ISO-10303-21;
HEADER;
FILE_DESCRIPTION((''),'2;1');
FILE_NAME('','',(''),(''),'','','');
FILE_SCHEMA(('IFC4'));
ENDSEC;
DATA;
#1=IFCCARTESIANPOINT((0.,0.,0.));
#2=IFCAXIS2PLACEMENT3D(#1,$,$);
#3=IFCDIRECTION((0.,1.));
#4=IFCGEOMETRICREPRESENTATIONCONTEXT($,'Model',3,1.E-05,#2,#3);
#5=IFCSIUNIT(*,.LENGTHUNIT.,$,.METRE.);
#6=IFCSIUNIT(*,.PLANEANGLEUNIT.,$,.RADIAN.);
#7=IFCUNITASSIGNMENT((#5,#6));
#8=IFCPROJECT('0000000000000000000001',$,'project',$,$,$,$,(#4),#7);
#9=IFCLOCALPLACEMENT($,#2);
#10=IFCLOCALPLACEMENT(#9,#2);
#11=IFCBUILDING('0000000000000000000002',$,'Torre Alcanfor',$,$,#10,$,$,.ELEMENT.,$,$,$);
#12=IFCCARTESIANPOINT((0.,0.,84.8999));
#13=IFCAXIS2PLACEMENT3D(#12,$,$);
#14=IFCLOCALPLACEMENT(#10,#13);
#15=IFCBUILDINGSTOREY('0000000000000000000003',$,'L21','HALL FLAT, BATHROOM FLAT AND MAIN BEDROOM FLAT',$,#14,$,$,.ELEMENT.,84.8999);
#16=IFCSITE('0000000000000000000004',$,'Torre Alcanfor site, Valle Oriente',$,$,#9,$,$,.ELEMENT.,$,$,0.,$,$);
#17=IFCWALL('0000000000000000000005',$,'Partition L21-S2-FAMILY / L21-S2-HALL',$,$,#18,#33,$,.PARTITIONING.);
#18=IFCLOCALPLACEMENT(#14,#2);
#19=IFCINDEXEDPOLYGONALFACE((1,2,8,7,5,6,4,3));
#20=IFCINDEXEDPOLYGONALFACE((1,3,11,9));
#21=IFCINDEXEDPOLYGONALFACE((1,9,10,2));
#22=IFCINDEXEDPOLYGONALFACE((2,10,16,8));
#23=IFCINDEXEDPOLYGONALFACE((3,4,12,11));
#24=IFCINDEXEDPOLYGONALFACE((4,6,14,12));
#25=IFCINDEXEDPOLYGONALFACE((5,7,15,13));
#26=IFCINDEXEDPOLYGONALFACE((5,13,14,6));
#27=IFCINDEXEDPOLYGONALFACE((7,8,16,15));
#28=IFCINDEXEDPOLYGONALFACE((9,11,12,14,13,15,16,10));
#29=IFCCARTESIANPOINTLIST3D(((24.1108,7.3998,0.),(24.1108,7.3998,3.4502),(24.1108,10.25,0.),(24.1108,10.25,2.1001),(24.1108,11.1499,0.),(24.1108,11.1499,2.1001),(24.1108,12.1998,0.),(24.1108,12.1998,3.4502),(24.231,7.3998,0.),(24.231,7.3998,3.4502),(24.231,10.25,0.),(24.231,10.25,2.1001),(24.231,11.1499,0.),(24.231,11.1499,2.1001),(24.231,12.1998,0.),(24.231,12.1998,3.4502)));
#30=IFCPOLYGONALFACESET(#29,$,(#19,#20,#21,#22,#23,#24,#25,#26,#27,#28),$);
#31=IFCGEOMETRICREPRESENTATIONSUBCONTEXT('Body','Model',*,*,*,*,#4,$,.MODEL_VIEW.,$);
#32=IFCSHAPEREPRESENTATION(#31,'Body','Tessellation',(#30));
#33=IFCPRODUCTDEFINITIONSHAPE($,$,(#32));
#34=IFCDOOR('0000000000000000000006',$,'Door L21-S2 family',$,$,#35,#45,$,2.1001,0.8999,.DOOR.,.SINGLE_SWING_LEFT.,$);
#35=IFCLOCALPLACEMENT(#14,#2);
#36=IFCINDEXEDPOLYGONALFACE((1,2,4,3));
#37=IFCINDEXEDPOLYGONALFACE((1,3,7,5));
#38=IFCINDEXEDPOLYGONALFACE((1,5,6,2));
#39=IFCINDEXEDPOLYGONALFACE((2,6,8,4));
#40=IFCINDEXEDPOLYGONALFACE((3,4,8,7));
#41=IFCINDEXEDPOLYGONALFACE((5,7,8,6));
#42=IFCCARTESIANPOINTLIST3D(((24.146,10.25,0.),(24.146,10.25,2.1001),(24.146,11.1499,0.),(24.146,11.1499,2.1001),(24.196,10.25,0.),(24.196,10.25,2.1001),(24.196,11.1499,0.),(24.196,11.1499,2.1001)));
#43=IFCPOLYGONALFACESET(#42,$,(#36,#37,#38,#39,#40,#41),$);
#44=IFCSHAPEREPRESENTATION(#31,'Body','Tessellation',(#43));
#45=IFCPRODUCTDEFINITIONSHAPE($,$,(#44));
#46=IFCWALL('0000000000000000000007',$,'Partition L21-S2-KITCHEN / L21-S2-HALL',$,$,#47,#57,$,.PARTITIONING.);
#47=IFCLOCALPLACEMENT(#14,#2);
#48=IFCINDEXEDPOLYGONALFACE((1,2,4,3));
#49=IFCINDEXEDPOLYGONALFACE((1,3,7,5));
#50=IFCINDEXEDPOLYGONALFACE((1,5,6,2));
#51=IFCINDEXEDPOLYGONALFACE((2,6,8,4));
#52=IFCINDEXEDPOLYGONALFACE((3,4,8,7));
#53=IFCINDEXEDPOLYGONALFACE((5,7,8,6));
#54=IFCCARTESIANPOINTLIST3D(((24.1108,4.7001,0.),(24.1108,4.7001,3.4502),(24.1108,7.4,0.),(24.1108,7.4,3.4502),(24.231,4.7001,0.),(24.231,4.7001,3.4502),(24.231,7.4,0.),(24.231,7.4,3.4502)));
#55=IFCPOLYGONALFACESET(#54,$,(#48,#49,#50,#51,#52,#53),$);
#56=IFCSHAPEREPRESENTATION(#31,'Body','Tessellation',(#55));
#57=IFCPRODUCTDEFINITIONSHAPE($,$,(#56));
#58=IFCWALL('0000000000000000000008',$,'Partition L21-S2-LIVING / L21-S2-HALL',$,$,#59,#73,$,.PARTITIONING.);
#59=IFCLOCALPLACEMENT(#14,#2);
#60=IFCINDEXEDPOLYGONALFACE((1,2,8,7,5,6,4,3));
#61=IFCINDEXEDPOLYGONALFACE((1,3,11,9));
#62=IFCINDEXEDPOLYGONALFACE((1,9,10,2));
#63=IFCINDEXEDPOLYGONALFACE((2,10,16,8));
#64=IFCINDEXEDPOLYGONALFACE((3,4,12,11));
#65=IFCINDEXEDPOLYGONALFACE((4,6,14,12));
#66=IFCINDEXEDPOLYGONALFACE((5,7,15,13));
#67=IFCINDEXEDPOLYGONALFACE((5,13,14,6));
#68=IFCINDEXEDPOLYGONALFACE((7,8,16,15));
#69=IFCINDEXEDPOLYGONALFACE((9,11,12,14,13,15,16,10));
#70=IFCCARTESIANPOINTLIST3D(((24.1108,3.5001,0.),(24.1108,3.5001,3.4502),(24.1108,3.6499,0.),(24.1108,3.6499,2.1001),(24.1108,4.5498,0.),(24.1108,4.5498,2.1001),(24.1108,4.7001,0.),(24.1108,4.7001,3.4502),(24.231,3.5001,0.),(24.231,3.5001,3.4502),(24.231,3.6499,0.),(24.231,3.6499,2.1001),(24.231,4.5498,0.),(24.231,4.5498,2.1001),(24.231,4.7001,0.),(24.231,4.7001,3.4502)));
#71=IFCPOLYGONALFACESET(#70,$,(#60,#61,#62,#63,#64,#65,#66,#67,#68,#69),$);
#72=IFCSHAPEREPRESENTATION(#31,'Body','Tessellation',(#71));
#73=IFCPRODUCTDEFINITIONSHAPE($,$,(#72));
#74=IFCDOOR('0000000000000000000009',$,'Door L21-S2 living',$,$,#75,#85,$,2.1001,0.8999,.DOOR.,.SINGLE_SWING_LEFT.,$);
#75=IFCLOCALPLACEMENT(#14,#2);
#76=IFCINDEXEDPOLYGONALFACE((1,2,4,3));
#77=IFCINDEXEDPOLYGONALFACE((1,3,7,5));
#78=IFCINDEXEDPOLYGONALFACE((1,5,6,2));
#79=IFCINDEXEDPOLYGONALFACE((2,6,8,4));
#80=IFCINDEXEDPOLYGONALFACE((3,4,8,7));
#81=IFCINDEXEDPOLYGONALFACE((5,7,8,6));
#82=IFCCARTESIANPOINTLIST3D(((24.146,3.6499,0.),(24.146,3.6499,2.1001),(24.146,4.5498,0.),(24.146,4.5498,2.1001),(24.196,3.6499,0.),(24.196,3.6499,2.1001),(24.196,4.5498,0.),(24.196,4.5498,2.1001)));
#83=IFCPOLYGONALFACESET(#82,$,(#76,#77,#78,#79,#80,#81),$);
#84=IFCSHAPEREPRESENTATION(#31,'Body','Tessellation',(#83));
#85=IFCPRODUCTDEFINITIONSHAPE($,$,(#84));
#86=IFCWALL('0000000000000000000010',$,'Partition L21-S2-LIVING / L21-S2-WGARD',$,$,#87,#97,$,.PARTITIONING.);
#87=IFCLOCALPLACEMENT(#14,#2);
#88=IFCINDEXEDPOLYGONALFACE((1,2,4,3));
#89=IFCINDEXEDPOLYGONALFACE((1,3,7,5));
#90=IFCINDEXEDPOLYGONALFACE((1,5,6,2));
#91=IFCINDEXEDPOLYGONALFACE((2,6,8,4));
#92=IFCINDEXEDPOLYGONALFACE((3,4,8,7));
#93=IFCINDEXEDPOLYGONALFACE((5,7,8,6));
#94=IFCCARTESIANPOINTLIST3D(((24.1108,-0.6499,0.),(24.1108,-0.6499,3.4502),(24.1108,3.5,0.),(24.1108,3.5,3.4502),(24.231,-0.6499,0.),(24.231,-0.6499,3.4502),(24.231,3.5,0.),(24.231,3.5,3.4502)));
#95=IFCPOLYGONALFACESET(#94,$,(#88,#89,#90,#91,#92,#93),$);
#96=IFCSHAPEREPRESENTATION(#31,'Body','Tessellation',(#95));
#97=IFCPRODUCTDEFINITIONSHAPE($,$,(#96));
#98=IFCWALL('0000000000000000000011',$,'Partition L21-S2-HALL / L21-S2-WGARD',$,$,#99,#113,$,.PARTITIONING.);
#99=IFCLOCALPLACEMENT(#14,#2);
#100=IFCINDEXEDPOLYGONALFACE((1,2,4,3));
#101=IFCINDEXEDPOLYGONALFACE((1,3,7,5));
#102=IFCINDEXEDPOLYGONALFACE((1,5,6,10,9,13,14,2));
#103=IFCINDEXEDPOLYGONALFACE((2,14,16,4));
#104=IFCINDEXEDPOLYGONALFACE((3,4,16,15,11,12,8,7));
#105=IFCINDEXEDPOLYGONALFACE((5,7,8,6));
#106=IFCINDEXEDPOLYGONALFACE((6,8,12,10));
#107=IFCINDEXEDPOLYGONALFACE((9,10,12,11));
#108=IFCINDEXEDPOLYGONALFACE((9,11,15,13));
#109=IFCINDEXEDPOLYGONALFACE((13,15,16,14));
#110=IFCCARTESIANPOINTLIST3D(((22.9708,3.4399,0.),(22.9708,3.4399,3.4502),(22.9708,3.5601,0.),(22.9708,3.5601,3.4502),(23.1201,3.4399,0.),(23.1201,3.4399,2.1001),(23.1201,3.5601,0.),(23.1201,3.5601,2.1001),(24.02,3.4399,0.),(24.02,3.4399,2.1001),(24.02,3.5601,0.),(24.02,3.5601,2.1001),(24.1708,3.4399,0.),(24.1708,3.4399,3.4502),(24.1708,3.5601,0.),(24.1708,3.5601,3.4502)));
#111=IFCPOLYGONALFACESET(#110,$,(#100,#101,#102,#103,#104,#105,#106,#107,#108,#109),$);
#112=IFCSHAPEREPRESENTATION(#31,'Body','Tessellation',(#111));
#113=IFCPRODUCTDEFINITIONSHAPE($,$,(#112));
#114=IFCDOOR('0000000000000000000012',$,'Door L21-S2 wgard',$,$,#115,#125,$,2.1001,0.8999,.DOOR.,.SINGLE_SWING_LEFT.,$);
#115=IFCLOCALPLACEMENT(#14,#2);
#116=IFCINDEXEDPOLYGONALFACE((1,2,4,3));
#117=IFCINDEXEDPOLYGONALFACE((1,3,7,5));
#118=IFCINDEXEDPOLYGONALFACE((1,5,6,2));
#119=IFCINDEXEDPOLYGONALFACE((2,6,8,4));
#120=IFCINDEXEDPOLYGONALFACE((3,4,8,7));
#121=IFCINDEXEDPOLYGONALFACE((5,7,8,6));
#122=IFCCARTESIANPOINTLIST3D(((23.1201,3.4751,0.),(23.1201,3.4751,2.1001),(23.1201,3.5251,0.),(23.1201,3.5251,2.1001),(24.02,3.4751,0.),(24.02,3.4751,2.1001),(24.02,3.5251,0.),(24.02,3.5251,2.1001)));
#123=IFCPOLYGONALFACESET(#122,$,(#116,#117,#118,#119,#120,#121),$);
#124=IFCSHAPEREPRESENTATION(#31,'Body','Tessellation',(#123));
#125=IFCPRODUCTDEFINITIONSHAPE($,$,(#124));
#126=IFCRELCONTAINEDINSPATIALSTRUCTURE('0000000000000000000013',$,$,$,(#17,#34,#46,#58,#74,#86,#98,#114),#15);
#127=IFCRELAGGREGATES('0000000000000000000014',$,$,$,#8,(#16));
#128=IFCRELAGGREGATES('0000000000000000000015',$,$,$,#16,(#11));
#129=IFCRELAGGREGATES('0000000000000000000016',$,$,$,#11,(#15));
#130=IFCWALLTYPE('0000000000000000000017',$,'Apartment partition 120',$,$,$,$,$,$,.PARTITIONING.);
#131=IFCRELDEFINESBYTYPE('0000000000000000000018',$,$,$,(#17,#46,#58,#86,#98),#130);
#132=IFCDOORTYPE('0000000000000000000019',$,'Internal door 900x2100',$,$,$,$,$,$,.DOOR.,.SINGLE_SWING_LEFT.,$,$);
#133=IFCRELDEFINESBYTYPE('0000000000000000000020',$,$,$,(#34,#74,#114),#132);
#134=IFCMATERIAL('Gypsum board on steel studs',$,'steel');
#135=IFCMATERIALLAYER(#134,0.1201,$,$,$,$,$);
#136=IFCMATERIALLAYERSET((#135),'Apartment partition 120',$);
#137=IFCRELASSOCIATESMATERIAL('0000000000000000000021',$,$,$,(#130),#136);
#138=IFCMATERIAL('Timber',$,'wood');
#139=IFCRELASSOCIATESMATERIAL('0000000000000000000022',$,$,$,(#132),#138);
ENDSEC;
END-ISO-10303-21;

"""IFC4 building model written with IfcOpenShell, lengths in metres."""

from ifc_helpers import new_model, si_unit, direction, frame, frame_2d, origin, place, context, subcontext, project, spatial, rectangle, extrude, material, layer, layer_set, type_object, element, fill, save


model = new_model("IFC4")

# Units and contexts
model_context = context("Model", 3, precision=1e-05, world=origin(), true_north=direction((0.0, 1.0)))
body_context = subcontext(model_context, "Body", "Model", "MODEL_VIEW")
ifc_project = project(units=[si_unit("LENGTHUNIT", "METRE"), si_unit("PLANEANGLEUNIT", "RADIAN")], contexts=[model_context])

# Site, building, storey
site_placement = place(None, origin())
site = spatial("IfcSite", under=ifc_project, at=site_placement, Name="Torre Alcanfor site, Valle Oriente", CompositionType="ELEMENT", RefElevation=0.0)
building_placement = place(site_placement, origin())
building = spatial("IfcBuilding", under=site, at=building_placement, Name="Torre Alcanfor", CompositionType="ELEMENT")
storey_placement = place(building_placement, frame((0.0, 0.0, 84.8999)))
storey = spatial("IfcBuildingStorey", under=building, at=storey_placement, Name="L21", Description="HALL FLAT, BATHROOM FLAT AND MAIN BEDROOM FLAT", CompositionType="ELEMENT", Elevation=84.8999)

# Wall, opening, door
ifc_material_1 = material(Name="Gypsum board on steel studs", Category="steel")
ifc_layer_1 = layer(ifc_material_1, 0.1201)
ifc_layer_set_1 = layer_set([ifc_layer_1], Name="Apartment partition 120")
wall_type = type_object("IfcWallType", Name="Apartment partition 120", PredefinedType="PARTITIONING", material=ifc_layer_set_1)
wall_1_placement = place(storey_placement, frame((24.1709, 7.3999, 0.0), z_axis=(0.0, 0.0, 1.0), x_axis=(0.0, 1.0, 0.0)))
wall_1 = element("IfcWall", 1, at=wall_1_placement, inside=storey, type_object=wall_type, Name="Partition L21-S2-FAMILY / L21-S2-HALL", PredefinedType="PARTITIONING", context=body_context, shape_type="SweptSolid", body=[
    extrude(rectangle(XDim=4.8, YDim=0.1201, at=frame_2d((2.3999, 0.0))), origin(), (0.0, 0.0, 1.0), 3.4502),
])
opening_1_placement = place(wall_1_placement, frame((2.8501, 0.0, 0.0)))
opening_1 = element("IfcOpeningElement", 2, at=opening_1_placement, cuts=wall_1, PredefinedType="OPENING", context=body_context, shape_type="SweptSolid", body=[
    extrude(rectangle(XDim=0.8999, YDim=2.1001, at=frame_2d((0.45, 1.05))), frame((0.0, 0.0701, 0.0), z_axis=(0.0, -1.0, 0.0), x_axis=(1.0, 0.0, 0.0)), (0.0, 0.0, 1.0), 0.1401),
])
ifc_material_2 = material(Name="Timber", Category="wood")
door_type = type_object("IfcDoorType", Name="Internal door 900x2100", OperationType="SINGLE_SWING_LEFT", PredefinedType="DOOR", material=ifc_material_2)
door_1_placement = place(opening_1_placement, frame((0.8999, 0.0, 0.0), z_axis=(0.0, 0.0, 1.0), x_axis=(-1.0, 0.0, 0.0)))
door_1 = element("IfcDoor", 3, at=door_1_placement, inside=storey, type_object=door_type, Name="Door L21-S2 family", OperationType="SINGLE_SWING_LEFT", OverallHeight=2.1001, OverallWidth=0.8999, PredefinedType="DOOR", context=body_context, shape_type="SweptSolid", body=[
    extrude(rectangle(XDim=0.8999, YDim=2.1001, at=frame_2d((0.45, 1.05))), frame((0.0, 0.0251, 0.0), z_axis=(0.0, -1.0, 0.0), x_axis=(1.0, 0.0, 0.0)), (0.0, 0.0, 1.0), 0.05),
])
fill(opening_1, door_1)

# Wall
wall_2_placement = place(storey_placement, frame((24.1709, 4.7, 0.0), z_axis=(0.0, 0.0, 1.0), x_axis=(0.0, 1.0, 0.0)))
element("IfcWall", 4, at=wall_2_placement, inside=storey, type_object=wall_type, Name="Partition L21-S2-KITCHEN / L21-S2-HALL", PredefinedType="PARTITIONING", context=body_context, shape_type="SweptSolid", body=[
    extrude(rectangle(XDim=2.7, YDim=0.1201, at=frame_2d((1.3501, 0.0))), origin(), (0.0, 0.0, 1.0), 3.4502),
])

# Wall, opening, door
wall_3_placement = place(storey_placement, frame((24.1709, 3.5, 0.0), z_axis=(0.0, 0.0, 1.0), x_axis=(0.0, 1.0, 0.0)))
wall_3 = element("IfcWall", 5, at=wall_3_placement, inside=storey, type_object=wall_type, Name="Partition L21-S2-LIVING / L21-S2-HALL", PredefinedType="PARTITIONING", context=body_context, shape_type="SweptSolid", body=[
    extrude(rectangle(XDim=1.2, YDim=0.1201, at=frame_2d((0.6001, 0.0))), origin(), (0.0, 0.0, 1.0), 3.4502),
])
opening_2_placement = place(wall_3_placement, frame((0.1499, 0.0, 0.0)))
opening_2 = element("IfcOpeningElement", 6, at=opening_2_placement, cuts=wall_3, PredefinedType="OPENING", context=body_context, shape_type="SweptSolid", body=[
    extrude(rectangle(XDim=0.8999, YDim=2.1001, at=frame_2d((0.45, 1.05))), frame((0.0, 0.0701, 0.0), z_axis=(0.0, -1.0, 0.0), x_axis=(1.0, 0.0, 0.0)), (0.0, 0.0, 1.0), 0.1401),
])
door_2_placement = place(opening_2_placement, frame((0.8999, 0.0, 0.0), z_axis=(0.0, 0.0, 1.0), x_axis=(-1.0, 0.0, 0.0)))
door_2 = element("IfcDoor", 7, at=door_2_placement, inside=storey, type_object=door_type, Name="Door L21-S2 living", OperationType="SINGLE_SWING_LEFT", OverallHeight=2.1001, OverallWidth=0.8999, PredefinedType="DOOR", context=body_context, shape_type="SweptSolid", body=[
    extrude(rectangle(XDim=0.8999, YDim=2.1001, at=frame_2d((0.45, 1.05))), frame((0.0, 0.0251, 0.0), z_axis=(0.0, -1.0, 0.0), x_axis=(1.0, 0.0, 0.0)), (0.0, 0.0, 1.0), 0.05),
])
fill(opening_2, door_2)

# Wall
wall_4_placement = place(storey_placement, frame((24.1709, -0.6499, 0.0), z_axis=(0.0, 0.0, 1.0), x_axis=(0.0, 1.0, 0.0)))
element("IfcWall", 8, at=wall_4_placement, inside=storey, type_object=wall_type, Name="Partition L21-S2-LIVING / L21-S2-WGARD", PredefinedType="PARTITIONING", context=body_context, shape_type="SweptSolid", body=[
    extrude(rectangle(XDim=4.1499, YDim=0.1201, at=frame_2d((2.075, 0.0))), origin(), (0.0, 0.0, 1.0), 3.4502),
])

# Wall, opening, door
wall_5_placement = place(storey_placement, frame((24.1709, 3.5, 0.0), z_axis=(0.0, 0.0, 1.0), x_axis=(-1.0, 0.0, 0.0)))
wall_5 = element("IfcWall", 9, at=wall_5_placement, inside=storey, type_object=wall_type, Name="Partition L21-S2-HALL / L21-S2-WGARD", PredefinedType="PARTITIONING", context=body_context, shape_type="SweptSolid", body=[
    extrude(rectangle(XDim=1.2, YDim=0.1201, at=frame_2d((0.6001, 0.0))), origin(), (0.0, 0.0, 1.0), 3.4502),
])
opening_3_placement = place(wall_5_placement, frame((0.1509, 0.0, 0.0)))
opening_3 = element("IfcOpeningElement", 10, at=opening_3_placement, cuts=wall_5, PredefinedType="OPENING", context=body_context, shape_type="SweptSolid", body=[
    extrude(rectangle(XDim=0.8999, YDim=2.1001, at=frame_2d((0.45, 1.05))), frame((0.0, 0.0701, 0.0), z_axis=(0.0, -1.0, 0.0), x_axis=(1.0, 0.0, 0.0)), (0.0, 0.0, 1.0), 0.1401),
])
door_3_placement = place(opening_3_placement, origin())
door_3 = element("IfcDoor", 11, at=door_3_placement, inside=storey, type_object=door_type, Name="Door L21-S2 wgard", OperationType="SINGLE_SWING_LEFT", OverallHeight=2.1001, OverallWidth=0.8999, PredefinedType="DOOR", context=body_context, shape_type="SweptSolid", body=[
    extrude(rectangle(XDim=0.8999, YDim=2.1001, at=frame_2d((0.45, 1.05))), frame((0.0, 0.0249, 0.0), z_axis=(0.0, -1.0, 0.0), x_axis=(1.0, 0.0, 0.0)), (0.0, 0.0, 1.0), 0.05),
])
fill(opening_3, door_3)

save(model, "model.ifc")
